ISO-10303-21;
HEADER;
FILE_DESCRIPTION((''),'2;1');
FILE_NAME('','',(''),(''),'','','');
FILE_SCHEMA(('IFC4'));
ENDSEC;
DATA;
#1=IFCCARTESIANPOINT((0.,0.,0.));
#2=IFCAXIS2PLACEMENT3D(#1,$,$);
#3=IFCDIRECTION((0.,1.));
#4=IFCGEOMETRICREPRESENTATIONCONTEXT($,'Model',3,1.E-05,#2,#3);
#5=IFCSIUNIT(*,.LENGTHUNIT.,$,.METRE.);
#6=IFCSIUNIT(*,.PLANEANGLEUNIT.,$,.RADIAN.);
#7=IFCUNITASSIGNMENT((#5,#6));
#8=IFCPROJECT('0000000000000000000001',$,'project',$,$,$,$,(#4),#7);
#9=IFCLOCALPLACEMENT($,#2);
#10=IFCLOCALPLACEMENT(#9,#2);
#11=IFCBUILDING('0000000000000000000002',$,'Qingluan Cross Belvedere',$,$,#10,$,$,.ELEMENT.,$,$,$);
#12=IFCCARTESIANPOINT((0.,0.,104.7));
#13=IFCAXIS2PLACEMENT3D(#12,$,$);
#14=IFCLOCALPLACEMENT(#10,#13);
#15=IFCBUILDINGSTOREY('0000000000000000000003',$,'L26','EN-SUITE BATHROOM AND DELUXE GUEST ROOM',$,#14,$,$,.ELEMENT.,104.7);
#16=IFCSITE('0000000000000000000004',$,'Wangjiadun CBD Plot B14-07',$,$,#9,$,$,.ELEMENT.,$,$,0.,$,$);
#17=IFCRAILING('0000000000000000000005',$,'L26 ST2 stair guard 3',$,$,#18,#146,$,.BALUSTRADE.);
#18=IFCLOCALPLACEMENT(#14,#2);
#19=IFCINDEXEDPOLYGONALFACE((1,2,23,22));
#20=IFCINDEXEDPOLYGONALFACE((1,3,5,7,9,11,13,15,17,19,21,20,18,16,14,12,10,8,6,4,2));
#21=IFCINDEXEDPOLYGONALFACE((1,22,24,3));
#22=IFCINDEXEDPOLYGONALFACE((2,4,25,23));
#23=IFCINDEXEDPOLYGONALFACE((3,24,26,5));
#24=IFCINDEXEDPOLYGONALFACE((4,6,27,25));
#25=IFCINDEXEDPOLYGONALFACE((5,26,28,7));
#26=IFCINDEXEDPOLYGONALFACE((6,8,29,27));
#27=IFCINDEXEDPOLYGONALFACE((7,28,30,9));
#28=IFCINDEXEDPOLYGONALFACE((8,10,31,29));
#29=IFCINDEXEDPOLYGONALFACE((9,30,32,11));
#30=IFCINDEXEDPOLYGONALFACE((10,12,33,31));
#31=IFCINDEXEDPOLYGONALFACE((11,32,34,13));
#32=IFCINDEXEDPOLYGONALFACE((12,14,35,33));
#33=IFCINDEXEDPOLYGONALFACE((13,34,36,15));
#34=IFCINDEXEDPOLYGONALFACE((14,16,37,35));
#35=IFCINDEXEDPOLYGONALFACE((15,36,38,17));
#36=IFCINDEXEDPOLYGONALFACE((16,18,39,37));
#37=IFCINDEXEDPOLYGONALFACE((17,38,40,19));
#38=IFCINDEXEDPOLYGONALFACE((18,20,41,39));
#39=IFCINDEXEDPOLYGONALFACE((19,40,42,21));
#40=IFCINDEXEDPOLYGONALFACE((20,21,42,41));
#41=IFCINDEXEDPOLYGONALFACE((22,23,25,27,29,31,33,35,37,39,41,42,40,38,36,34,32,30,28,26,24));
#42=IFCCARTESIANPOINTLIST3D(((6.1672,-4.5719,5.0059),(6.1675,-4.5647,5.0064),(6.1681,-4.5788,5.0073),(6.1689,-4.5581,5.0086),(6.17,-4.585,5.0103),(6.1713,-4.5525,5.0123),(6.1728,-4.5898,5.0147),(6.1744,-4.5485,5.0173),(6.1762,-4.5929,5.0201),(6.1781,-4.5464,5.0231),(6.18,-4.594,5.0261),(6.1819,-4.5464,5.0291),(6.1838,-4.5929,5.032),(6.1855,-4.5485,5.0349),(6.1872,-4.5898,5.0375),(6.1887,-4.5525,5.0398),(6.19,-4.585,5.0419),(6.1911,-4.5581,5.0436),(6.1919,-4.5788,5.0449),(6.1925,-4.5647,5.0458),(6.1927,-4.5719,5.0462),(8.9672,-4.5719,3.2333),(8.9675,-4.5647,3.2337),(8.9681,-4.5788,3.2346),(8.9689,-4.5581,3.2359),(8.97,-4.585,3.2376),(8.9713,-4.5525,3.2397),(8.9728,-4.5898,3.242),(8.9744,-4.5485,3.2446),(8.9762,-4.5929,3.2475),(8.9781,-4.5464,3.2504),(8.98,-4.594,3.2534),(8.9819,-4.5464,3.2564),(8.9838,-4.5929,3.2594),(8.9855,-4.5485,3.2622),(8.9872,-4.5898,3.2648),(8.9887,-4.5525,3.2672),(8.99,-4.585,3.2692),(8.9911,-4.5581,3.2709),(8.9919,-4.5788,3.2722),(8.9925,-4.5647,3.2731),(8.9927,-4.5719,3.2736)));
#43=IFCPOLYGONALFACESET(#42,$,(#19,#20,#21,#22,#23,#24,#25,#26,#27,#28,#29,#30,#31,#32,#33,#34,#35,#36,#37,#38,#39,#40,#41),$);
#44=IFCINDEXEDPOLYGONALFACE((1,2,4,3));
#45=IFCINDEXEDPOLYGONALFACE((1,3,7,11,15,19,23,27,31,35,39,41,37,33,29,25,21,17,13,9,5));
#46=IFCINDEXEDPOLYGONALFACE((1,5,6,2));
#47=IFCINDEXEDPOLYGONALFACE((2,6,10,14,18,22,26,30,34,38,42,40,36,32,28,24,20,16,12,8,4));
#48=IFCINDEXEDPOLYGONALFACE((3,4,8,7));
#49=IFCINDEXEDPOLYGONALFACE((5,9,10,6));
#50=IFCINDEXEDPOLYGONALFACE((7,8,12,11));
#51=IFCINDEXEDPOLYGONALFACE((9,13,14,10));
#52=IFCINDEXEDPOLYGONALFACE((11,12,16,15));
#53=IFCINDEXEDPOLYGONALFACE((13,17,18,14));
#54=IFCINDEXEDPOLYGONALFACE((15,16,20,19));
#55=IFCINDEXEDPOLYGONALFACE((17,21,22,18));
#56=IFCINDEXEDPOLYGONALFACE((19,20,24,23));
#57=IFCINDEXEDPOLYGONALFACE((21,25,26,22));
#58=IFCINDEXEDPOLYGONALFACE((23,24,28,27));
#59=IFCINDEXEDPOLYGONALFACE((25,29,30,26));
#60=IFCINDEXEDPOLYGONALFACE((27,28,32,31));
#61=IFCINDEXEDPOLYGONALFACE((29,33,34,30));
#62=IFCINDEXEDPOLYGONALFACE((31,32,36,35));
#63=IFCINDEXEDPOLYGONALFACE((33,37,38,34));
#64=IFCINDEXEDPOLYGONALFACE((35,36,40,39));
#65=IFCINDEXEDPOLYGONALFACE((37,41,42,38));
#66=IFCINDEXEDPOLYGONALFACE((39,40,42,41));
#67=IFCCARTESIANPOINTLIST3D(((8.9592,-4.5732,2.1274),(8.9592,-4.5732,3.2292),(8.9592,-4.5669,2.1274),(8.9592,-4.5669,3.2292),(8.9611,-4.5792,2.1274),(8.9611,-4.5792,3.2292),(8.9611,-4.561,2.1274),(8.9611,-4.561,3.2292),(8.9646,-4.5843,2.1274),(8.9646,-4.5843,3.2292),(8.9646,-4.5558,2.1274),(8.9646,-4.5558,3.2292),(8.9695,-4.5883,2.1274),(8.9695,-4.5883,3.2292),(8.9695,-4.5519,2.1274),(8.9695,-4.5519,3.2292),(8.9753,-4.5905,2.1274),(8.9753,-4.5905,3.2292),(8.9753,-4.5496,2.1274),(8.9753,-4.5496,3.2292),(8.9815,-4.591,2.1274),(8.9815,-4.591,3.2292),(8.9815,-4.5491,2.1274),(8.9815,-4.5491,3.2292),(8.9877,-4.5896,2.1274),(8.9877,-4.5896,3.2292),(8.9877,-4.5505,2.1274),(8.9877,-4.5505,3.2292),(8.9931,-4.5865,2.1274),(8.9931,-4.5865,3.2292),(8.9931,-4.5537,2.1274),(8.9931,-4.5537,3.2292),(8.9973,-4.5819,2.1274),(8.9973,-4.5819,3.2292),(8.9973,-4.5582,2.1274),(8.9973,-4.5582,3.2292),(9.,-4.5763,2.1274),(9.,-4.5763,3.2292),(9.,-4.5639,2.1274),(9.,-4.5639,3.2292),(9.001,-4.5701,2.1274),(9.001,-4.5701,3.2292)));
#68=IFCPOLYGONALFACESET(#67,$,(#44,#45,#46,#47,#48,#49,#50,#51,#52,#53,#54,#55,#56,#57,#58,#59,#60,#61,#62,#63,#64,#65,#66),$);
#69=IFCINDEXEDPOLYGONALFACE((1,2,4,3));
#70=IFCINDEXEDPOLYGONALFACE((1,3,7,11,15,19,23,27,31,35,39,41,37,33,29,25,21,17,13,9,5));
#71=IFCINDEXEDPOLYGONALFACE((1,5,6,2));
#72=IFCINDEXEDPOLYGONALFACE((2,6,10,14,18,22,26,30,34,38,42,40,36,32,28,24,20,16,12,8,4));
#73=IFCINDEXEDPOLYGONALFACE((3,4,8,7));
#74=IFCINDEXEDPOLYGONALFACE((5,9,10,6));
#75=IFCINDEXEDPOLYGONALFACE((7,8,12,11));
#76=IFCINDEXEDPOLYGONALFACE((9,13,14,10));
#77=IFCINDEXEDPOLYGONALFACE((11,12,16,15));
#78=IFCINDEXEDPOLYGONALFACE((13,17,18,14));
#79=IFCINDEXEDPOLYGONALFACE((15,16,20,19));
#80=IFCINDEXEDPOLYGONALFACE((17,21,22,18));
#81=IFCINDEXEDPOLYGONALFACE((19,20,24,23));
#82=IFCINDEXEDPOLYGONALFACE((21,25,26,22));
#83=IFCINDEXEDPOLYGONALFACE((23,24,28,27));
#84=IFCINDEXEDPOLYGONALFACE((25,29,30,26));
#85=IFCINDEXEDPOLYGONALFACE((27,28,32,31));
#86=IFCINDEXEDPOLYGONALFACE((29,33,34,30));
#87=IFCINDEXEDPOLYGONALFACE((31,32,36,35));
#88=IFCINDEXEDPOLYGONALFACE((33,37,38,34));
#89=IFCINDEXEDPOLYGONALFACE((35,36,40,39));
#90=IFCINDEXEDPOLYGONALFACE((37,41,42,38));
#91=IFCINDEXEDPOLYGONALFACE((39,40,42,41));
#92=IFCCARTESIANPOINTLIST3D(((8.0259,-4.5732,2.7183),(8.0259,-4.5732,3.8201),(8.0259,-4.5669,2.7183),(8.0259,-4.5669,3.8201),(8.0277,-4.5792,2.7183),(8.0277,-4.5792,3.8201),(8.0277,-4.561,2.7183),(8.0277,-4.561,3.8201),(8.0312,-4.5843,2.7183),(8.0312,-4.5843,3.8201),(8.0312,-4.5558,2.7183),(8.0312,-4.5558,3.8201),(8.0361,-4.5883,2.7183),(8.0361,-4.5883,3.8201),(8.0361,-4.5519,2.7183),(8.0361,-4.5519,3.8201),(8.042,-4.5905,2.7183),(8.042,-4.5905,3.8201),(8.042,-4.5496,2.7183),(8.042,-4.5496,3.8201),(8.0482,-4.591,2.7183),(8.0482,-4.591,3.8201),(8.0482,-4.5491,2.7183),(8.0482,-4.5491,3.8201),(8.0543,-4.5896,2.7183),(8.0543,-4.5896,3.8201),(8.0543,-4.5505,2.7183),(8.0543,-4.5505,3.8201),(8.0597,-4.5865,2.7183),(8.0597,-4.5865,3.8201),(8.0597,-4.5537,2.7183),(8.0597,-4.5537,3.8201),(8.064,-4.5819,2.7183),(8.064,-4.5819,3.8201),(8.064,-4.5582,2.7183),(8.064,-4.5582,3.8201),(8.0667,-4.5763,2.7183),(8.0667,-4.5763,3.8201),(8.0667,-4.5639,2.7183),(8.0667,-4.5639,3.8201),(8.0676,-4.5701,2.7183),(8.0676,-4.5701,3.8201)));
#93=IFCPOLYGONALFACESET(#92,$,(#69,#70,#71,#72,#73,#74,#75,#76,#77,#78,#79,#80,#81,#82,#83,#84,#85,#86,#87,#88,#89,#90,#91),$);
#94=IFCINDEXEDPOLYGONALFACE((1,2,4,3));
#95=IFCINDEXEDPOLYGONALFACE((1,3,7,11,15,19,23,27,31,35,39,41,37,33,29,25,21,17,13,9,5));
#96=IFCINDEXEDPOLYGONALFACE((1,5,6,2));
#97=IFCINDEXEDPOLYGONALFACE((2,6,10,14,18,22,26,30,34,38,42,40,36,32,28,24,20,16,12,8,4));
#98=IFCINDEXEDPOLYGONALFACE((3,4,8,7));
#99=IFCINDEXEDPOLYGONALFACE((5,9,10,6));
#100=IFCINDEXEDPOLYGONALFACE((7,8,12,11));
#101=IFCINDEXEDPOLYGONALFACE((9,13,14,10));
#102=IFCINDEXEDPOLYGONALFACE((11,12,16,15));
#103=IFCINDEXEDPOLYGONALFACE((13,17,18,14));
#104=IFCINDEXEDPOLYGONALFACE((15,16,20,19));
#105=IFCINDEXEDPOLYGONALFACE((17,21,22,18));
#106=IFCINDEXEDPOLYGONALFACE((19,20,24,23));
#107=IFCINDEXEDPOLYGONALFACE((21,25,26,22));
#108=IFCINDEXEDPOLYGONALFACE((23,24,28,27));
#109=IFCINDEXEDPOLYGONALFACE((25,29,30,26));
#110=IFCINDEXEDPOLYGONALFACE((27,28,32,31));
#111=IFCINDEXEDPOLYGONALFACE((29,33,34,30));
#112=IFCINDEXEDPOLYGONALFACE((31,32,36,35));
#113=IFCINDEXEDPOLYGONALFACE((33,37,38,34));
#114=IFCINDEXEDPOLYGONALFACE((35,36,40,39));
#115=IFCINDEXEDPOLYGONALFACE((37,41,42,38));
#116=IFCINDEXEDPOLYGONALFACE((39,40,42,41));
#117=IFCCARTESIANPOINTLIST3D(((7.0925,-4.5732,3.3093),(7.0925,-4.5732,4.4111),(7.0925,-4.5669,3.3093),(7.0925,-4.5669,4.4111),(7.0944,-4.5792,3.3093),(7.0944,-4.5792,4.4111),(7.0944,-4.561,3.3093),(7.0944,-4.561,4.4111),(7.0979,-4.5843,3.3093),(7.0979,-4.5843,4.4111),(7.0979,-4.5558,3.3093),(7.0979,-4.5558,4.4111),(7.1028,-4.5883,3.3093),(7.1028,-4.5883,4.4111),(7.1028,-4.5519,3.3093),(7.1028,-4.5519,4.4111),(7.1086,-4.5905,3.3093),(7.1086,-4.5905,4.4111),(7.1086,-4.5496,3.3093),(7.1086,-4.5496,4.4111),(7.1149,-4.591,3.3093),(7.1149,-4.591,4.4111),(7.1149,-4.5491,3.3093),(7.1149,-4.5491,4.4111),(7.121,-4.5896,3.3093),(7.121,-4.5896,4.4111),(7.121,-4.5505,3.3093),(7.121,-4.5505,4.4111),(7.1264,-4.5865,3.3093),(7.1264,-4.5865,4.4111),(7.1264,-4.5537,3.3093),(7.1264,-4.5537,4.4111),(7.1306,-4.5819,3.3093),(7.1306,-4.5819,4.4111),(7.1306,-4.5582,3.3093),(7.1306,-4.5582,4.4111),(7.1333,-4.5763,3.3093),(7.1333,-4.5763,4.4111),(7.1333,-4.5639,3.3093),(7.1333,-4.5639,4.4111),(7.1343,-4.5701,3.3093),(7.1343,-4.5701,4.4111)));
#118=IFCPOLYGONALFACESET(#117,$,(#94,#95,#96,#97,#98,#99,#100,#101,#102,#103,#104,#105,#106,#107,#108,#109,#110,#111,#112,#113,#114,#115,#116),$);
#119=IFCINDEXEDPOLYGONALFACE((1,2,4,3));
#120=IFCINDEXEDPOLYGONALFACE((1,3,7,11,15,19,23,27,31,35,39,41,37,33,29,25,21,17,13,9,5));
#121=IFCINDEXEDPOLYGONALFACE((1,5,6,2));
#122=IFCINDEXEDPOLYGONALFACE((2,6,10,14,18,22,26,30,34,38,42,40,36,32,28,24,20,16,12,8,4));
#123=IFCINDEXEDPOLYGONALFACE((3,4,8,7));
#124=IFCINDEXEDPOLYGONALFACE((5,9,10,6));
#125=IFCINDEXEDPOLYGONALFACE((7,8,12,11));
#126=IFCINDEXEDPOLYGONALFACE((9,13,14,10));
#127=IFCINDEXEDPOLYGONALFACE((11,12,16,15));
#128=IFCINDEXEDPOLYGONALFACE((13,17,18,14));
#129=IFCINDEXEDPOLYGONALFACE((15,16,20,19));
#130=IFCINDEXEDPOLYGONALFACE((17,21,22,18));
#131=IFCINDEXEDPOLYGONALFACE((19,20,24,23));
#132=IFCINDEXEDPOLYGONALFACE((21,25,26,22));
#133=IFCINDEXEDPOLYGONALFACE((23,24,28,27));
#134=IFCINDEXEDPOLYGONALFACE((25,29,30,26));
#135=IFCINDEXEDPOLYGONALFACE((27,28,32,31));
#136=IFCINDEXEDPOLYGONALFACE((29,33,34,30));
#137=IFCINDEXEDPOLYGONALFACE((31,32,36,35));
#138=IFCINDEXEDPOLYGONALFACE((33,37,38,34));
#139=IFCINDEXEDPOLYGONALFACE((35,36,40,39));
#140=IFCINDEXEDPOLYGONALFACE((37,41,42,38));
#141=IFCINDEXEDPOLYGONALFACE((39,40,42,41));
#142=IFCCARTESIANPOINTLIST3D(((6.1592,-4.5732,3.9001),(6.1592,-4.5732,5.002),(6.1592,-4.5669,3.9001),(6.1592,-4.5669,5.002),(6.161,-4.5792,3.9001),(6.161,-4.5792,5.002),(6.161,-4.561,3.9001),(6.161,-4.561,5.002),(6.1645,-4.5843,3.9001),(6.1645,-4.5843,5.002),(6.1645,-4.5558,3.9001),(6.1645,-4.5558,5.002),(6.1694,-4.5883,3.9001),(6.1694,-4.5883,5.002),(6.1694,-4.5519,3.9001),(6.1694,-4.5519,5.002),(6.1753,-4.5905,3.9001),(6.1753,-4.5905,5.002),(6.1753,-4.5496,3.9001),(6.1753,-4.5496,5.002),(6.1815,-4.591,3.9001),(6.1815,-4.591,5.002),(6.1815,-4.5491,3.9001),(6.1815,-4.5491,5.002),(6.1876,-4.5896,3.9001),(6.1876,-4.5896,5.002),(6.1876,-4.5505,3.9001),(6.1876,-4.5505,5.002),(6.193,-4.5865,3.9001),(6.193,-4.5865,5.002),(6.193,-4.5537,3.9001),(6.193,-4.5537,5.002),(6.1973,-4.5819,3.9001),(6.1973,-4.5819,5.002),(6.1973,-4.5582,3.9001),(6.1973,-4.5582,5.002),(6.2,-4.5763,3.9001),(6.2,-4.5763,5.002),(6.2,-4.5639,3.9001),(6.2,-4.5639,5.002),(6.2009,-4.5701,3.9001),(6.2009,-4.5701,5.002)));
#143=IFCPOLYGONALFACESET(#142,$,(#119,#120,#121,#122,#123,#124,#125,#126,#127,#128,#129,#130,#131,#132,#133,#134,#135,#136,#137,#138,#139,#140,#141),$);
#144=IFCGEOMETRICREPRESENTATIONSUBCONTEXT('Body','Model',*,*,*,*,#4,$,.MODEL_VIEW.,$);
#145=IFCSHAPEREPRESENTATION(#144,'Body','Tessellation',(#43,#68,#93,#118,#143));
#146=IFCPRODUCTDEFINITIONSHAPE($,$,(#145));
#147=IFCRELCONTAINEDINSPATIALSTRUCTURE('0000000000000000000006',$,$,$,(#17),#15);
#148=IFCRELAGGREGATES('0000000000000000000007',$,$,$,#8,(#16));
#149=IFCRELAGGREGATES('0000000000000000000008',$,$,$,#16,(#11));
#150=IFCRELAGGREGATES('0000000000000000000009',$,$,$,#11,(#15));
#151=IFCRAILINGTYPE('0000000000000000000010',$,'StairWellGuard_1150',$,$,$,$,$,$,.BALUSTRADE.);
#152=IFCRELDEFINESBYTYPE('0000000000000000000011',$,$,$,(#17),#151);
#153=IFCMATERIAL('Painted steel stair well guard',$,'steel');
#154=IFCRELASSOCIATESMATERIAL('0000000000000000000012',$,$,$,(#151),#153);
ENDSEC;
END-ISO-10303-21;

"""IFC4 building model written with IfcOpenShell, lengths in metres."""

from ifc_helpers import new_model, si_unit, direction, frame, origin, origin_2d, place, context, subcontext, project, spatial, circle, extrude, material, type_object, element, save


model = new_model("IFC4")

# Units and contexts
model_context = context("Model", 3, precision=1e-05, world=origin(), true_north=direction((0.0, 1.0)))
body_context = subcontext(model_context, "Body", "Model", "MODEL_VIEW")
ifc_project = project(units=[si_unit("LENGTHUNIT", "METRE"), si_unit("PLANEANGLEUNIT", "RADIAN")], contexts=[model_context])

# Site, building, storey
site_placement = place(None, origin())
site = spatial("IfcSite", under=ifc_project, at=site_placement, Name="Wangjiadun CBD Plot B14-07", CompositionType="ELEMENT", RefElevation=0.0)
building_placement = place(site_placement, origin())
building = spatial("IfcBuilding", under=site, at=building_placement, Name="Qingluan Cross Belvedere", CompositionType="ELEMENT")
storey_placement = place(building_placement, frame((0.0, 0.0, 104.7)))
storey = spatial("IfcBuildingStorey", under=building, at=storey_placement, Name="L26", Description="EN-SUITE BATHROOM AND DELUXE GUEST ROOM", CompositionType="ELEMENT", Elevation=104.7)

# Railing
ifc_material_1 = material(Name="Painted steel stair well guard", Category="steel")
railing_type_1 = type_object("IfcRailingType", Name="StairWellGuard_1150", PredefinedType="BALUSTRADE", material=ifc_material_1)
railing_1_placement = place(storey_placement, frame((8.98, -4.5701, 2.1274)))
element("IfcRailing", 1, at=railing_1_placement, inside=storey, type_object=railing_type_1, Name="L26 ST2 stair guard 3", PredefinedType="BALUSTRADE", context=body_context, shape_type="SweptSolid", body=[
    extrude(circle(Radius=0.0239, at=origin_2d()), frame((0.0, 0.0, 1.126), z_axis=(-0.844909, 0.0, 0.53491), x_axis=(0.0, -1.0, 0.0)), (0.0, 0.0, 1.0), 3.314),
    extrude(circle(Radius=0.021, at=origin_2d()), origin(), (0.0, 0.0, 1.0), 1.1018),
    extrude(circle(Radius=0.021, at=origin_2d()), frame((-0.9333, 0.0, 0.5908)), (0.0, 0.0, 1.0), 1.1018),
    extrude(circle(Radius=0.021, at=origin_2d()), frame((-1.8667, 0.0, 1.1819)), (0.0, 0.0, 1.0), 1.1018),
    extrude(circle(Radius=0.021, at=origin_2d()), frame((-2.8, 0.0, 1.7727)), (0.0, 0.0, 1.0), 1.1018),
])

save(model, "model.ifc")
